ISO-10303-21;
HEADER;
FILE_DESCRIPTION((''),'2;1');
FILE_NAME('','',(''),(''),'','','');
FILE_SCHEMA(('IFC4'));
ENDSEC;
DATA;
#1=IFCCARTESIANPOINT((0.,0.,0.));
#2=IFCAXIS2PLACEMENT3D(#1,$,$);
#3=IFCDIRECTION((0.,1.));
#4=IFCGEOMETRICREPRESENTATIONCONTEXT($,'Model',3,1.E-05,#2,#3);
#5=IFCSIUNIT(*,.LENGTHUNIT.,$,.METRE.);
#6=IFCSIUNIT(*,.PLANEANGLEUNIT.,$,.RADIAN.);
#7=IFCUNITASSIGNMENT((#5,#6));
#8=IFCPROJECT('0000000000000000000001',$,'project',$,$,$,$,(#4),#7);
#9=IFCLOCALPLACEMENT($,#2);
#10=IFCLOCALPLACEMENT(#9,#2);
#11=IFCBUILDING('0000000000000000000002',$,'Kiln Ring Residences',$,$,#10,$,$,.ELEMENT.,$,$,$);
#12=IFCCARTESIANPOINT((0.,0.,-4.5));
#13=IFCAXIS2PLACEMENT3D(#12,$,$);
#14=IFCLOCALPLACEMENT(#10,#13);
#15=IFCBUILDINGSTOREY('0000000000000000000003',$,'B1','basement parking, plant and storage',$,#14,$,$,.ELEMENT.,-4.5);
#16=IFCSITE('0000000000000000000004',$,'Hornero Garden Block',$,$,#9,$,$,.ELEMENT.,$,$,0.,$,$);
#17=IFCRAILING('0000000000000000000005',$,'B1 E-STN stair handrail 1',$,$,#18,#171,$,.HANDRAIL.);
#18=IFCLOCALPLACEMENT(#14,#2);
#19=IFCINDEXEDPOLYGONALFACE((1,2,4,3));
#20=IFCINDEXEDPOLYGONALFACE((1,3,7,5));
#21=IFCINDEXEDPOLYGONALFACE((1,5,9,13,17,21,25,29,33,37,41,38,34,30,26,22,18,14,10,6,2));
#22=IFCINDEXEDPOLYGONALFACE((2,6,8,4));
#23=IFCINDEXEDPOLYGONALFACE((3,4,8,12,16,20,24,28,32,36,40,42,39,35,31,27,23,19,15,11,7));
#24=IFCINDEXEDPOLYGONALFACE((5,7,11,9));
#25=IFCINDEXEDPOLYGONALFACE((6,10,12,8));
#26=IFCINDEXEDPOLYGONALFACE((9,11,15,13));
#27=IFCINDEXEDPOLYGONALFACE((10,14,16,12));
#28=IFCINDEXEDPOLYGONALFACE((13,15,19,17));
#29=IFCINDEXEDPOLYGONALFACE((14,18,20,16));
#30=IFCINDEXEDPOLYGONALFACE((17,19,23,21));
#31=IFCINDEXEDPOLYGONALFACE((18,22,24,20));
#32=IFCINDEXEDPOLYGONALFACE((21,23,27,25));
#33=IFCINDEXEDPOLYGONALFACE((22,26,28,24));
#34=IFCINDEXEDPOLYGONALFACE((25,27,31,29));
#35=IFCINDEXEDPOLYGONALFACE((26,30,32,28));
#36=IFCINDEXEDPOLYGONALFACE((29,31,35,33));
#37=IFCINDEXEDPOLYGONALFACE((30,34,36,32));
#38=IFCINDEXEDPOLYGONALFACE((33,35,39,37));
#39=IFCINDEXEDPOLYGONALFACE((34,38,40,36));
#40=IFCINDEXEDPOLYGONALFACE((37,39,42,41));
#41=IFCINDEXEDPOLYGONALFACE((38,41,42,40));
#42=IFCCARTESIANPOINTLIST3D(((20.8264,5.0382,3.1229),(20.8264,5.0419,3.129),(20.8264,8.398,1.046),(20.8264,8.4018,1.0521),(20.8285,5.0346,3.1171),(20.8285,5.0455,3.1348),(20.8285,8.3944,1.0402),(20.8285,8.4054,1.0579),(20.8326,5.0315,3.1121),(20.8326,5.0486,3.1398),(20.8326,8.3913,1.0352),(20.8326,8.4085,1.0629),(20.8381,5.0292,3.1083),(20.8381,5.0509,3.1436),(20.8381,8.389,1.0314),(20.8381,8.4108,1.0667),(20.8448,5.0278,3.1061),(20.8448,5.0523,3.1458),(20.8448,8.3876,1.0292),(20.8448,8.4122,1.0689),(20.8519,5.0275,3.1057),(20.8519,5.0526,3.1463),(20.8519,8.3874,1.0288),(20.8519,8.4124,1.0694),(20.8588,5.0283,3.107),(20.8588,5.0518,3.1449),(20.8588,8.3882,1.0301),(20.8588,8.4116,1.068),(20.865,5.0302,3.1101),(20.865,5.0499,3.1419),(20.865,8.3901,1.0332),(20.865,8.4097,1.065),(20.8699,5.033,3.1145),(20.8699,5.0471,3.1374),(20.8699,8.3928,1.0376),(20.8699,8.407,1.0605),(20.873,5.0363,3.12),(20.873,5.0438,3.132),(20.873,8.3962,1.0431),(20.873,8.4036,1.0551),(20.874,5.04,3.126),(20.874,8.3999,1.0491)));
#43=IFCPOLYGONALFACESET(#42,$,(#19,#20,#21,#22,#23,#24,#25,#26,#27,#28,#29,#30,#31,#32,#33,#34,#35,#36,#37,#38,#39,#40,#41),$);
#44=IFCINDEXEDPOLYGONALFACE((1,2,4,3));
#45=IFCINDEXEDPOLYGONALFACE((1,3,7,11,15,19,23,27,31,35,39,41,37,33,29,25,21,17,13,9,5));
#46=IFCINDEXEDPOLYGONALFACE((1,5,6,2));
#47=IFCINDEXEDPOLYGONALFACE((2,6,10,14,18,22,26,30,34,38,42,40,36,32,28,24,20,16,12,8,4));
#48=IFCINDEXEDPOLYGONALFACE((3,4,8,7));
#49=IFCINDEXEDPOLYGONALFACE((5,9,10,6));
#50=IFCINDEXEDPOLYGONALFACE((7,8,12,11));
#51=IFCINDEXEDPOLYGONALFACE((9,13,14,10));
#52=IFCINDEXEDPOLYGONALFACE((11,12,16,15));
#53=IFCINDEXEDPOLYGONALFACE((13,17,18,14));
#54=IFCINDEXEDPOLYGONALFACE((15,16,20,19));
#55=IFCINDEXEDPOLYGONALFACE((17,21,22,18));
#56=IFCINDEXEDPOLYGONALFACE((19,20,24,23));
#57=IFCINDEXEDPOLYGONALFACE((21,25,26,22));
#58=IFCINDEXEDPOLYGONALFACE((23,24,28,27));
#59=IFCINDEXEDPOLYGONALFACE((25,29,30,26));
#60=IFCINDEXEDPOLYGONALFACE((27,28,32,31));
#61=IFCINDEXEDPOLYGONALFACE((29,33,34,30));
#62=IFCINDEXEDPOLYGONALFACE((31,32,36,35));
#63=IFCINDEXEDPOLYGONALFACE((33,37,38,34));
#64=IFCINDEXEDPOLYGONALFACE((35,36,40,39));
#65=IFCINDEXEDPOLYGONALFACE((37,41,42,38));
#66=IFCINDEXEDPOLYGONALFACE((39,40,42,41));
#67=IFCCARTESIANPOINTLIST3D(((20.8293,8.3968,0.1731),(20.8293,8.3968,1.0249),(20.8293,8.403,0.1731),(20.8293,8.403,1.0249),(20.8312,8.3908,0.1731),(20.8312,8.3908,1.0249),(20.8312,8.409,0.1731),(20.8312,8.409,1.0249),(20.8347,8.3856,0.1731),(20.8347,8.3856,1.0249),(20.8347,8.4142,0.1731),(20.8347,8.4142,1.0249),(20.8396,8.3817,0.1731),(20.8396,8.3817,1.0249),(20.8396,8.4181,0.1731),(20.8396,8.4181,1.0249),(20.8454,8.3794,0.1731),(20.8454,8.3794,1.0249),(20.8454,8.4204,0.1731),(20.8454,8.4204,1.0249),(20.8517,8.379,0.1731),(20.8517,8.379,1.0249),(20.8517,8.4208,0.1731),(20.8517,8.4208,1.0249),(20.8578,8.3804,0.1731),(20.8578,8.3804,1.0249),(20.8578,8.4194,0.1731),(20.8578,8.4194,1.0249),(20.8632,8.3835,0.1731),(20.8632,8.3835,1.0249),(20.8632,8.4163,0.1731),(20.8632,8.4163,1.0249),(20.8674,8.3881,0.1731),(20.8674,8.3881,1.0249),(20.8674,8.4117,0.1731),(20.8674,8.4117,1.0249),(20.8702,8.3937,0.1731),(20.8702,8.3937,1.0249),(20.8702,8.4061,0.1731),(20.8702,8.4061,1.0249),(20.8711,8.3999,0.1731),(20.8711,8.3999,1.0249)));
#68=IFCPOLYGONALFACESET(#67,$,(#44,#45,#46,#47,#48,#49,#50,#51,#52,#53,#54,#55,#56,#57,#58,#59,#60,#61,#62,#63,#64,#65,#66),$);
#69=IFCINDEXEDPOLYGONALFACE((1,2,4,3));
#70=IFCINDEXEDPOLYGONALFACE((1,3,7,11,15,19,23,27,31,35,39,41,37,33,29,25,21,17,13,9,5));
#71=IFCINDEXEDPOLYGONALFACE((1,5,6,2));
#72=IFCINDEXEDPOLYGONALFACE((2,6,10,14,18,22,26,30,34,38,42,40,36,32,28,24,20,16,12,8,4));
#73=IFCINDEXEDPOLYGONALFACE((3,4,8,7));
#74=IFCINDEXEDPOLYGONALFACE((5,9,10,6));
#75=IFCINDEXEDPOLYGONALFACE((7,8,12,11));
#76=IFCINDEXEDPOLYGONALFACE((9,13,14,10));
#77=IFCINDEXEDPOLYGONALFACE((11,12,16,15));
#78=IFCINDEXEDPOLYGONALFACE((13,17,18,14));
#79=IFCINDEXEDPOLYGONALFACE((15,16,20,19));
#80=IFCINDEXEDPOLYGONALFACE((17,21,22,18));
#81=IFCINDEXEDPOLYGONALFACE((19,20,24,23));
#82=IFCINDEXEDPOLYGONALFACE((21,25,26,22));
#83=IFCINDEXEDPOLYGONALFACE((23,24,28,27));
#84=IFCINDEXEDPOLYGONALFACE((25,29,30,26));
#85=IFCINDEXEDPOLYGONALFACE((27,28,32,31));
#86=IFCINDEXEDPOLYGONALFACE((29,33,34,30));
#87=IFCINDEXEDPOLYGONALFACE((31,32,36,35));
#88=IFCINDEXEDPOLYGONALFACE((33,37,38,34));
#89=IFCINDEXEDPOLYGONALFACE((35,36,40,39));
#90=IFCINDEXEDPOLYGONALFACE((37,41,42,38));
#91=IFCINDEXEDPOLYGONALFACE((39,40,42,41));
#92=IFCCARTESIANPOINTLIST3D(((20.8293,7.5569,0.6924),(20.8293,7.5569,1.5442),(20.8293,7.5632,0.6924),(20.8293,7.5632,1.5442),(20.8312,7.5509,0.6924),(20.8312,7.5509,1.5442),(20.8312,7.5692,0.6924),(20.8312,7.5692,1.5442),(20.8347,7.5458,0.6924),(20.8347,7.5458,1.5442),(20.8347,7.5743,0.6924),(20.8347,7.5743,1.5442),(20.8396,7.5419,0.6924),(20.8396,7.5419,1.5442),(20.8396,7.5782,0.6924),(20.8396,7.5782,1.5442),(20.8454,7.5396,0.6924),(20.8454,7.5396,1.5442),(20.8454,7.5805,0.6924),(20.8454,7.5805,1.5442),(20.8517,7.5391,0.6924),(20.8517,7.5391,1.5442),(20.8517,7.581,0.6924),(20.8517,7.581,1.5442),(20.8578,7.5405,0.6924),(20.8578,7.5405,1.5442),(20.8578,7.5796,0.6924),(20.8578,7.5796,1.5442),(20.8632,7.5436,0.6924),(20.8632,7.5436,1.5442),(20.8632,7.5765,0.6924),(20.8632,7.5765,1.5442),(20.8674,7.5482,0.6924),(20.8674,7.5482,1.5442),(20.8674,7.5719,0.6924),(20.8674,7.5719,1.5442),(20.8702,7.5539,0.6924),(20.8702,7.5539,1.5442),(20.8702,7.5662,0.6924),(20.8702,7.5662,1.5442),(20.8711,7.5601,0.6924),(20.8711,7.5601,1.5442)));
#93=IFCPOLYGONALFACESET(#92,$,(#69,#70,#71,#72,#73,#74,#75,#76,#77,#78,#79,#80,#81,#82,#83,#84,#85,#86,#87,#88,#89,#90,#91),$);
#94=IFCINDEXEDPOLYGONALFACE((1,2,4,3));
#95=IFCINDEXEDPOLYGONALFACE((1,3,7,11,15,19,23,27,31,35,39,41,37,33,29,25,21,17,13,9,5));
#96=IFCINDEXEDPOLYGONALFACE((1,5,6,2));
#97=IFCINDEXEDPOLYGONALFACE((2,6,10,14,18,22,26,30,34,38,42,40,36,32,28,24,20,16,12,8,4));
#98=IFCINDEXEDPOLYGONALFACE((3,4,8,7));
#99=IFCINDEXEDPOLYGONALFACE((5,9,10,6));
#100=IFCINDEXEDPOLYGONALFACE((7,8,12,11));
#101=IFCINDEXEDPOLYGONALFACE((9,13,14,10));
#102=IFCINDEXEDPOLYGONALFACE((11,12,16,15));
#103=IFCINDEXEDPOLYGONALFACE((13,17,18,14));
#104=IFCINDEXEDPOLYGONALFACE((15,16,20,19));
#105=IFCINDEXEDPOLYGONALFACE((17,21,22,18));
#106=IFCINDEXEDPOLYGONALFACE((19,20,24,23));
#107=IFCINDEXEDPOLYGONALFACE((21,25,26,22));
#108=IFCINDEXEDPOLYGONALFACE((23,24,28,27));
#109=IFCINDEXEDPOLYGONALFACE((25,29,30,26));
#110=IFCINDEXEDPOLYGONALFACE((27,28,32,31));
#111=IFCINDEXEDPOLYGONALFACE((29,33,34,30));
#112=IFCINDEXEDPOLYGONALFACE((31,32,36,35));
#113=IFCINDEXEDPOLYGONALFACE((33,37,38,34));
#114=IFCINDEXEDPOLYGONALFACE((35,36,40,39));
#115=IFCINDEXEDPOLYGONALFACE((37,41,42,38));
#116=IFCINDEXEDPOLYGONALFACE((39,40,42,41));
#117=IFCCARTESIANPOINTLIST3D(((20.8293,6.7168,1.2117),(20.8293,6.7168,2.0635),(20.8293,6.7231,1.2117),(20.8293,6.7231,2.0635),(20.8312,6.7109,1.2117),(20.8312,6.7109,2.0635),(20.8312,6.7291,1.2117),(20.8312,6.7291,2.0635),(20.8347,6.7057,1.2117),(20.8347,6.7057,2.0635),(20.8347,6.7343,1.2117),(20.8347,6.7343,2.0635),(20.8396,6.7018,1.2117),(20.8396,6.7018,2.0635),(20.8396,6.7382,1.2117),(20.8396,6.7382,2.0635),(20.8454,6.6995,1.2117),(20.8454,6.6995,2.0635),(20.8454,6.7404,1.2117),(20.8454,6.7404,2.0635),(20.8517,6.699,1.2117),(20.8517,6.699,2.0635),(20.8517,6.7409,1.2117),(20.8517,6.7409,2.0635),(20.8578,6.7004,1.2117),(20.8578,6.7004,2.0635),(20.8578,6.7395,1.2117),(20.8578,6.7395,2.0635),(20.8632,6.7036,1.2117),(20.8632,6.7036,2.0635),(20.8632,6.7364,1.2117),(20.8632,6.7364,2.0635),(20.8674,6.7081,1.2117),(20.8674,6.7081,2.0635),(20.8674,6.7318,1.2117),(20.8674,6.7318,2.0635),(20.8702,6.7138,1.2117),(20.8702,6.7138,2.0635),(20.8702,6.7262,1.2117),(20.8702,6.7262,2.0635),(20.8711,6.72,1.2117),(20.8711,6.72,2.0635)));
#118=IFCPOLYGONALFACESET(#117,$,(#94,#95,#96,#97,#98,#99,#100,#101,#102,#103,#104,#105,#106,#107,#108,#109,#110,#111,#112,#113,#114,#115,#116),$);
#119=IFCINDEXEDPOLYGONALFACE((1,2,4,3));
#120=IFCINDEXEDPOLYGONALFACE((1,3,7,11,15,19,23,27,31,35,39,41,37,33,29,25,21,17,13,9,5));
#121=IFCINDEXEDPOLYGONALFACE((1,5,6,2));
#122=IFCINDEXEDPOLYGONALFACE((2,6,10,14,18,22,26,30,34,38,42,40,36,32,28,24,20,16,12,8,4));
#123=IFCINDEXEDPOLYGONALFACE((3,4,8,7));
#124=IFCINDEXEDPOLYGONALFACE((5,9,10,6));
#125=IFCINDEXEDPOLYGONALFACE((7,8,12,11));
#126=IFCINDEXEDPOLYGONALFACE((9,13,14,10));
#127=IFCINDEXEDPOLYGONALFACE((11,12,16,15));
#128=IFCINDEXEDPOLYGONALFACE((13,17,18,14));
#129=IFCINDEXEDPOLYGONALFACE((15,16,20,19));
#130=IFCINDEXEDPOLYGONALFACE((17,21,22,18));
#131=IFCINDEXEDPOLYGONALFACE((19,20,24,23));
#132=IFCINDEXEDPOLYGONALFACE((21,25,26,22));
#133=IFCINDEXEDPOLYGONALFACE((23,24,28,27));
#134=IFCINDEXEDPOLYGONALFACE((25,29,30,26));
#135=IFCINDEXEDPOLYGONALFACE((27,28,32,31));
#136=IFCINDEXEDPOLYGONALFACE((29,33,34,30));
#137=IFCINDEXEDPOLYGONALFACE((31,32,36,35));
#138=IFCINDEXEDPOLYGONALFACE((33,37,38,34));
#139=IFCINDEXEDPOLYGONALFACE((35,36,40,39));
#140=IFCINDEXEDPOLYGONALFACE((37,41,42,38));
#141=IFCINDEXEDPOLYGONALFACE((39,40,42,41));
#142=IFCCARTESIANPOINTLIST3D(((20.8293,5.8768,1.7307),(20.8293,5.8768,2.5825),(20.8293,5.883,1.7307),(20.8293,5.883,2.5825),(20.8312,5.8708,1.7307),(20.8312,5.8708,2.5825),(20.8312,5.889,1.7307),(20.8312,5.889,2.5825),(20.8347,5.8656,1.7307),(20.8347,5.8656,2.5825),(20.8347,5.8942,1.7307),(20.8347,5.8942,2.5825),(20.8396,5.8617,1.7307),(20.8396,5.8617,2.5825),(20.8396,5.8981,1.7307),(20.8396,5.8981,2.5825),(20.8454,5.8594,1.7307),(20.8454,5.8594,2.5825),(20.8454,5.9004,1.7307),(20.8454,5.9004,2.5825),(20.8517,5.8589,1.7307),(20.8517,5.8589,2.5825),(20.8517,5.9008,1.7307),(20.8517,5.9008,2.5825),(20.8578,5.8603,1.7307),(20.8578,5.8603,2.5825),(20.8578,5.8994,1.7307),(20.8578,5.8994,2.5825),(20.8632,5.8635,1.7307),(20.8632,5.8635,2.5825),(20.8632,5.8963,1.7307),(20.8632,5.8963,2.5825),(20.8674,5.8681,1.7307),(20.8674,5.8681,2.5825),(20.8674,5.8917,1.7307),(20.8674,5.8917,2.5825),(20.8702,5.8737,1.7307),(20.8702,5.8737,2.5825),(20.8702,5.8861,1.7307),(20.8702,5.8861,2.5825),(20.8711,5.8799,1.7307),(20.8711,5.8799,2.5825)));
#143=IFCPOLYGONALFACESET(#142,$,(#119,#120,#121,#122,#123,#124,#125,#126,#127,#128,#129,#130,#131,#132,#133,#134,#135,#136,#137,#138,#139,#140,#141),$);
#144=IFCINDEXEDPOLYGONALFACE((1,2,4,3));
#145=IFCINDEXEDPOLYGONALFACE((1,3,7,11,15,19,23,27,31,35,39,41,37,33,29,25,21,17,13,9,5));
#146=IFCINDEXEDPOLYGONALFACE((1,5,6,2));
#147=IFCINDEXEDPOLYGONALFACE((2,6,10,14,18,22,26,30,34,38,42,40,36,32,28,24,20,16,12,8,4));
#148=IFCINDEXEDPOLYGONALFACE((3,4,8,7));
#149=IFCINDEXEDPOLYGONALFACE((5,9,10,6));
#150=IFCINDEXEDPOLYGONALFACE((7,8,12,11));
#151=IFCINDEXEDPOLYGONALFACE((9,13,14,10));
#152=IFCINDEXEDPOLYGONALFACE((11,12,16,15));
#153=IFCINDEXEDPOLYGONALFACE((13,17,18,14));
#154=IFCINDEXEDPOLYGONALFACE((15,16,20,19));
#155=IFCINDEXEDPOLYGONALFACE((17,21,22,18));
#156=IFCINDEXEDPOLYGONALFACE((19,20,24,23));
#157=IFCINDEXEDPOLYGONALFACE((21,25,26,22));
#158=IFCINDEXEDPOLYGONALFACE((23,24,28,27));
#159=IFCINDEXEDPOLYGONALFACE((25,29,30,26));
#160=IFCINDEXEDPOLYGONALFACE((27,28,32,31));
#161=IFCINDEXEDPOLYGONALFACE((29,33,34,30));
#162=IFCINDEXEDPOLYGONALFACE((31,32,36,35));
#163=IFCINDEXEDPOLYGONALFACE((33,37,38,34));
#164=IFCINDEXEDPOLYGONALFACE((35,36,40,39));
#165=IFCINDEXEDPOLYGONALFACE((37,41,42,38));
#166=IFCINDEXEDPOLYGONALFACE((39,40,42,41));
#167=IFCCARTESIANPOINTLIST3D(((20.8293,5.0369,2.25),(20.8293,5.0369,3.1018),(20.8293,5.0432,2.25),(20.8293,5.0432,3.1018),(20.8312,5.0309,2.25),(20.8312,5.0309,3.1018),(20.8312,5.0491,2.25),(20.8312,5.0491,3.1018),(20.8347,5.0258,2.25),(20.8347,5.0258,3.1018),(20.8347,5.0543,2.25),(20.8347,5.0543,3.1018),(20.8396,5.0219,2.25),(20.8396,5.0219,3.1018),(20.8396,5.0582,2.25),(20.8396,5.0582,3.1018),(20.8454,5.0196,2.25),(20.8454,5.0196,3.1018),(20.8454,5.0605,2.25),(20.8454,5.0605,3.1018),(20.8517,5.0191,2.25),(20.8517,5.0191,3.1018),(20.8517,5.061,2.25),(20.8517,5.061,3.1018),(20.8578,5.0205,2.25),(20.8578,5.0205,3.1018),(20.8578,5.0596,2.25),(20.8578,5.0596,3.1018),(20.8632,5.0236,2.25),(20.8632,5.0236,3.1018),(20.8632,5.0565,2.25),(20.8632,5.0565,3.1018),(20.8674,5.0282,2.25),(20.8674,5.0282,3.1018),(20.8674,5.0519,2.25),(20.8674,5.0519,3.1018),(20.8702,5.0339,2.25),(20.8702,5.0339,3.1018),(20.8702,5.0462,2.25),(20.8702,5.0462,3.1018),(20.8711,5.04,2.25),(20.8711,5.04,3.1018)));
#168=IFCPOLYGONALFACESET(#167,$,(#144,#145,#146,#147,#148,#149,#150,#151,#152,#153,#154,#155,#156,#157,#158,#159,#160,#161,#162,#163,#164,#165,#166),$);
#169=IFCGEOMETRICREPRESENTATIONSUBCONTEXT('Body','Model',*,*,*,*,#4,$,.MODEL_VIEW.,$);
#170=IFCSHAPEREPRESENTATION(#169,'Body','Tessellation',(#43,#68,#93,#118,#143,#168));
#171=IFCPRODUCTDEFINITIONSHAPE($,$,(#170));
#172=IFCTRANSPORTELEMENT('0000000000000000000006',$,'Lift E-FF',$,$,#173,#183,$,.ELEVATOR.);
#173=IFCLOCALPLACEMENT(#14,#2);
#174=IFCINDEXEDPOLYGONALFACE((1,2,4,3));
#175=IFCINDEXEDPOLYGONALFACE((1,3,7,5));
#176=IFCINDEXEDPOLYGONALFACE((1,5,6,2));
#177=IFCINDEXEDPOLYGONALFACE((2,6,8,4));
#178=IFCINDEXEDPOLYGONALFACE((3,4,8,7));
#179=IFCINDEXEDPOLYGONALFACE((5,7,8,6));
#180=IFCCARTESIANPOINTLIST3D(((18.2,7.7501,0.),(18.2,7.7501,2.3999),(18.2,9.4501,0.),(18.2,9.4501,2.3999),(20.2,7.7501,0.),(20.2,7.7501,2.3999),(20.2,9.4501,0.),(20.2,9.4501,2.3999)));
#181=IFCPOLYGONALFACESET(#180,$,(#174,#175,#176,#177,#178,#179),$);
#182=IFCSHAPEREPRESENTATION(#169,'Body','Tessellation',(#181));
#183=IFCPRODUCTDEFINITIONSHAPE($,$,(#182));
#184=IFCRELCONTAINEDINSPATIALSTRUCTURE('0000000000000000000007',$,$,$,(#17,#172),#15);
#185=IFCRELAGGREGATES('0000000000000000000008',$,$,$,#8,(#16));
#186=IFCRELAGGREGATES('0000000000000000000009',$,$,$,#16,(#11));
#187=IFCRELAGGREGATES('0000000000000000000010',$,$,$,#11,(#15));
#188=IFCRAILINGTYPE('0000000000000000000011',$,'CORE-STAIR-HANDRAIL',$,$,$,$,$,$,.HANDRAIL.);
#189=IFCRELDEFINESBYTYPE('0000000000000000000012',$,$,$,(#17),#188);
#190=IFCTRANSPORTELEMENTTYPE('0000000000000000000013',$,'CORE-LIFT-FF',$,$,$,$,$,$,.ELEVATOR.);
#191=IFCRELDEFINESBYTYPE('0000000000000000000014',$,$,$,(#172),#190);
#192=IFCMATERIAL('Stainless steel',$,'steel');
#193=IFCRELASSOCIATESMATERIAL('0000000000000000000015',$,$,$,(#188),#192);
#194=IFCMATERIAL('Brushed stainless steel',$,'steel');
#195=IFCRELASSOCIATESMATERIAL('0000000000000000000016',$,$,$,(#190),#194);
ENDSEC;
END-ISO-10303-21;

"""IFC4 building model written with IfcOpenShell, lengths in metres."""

from ifc_helpers import new_model, si_unit, direction, frame, origin, origin_2d, place, context, subcontext, project, spatial, rectangle, circle, extrude, material, type_object, element, save


model = new_model("IFC4")

# Units and contexts
model_context = context("Model", 3, precision=1e-05, world=origin(), true_north=direction((0.0, 1.0)))
body_context = subcontext(model_context, "Body", "Model", "MODEL_VIEW")
ifc_project = project(units=[si_unit("LENGTHUNIT", "METRE"), si_unit("PLANEANGLEUNIT", "RADIAN")], contexts=[model_context])

# Site, building, storey
site_placement = place(None, origin())
site = spatial("IfcSite", under=ifc_project, at=site_placement, Name="Hornero Garden Block", CompositionType="ELEMENT", RefElevation=0.0)
building_placement = place(site_placement, origin())
building = spatial("IfcBuilding", under=site, at=building_placement, Name="Kiln Ring Residences", CompositionType="ELEMENT")
storey_placement = place(building_placement, frame((0.0, 0.0, -4.5)))
storey = spatial("IfcBuildingStorey", under=building, at=storey_placement, Name="B1", Description="basement parking, plant and storage", CompositionType="ELEMENT", Elevation=-4.5)

# Railing
ifc_material_1 = material(Name="Stainless steel", Category="steel")
railing_type_1 = type_object("IfcRailingType", Name="CORE-STAIR-HANDRAIL", PredefinedType="HANDRAIL", material=ifc_material_1)
railing_1_placement = place(storey_placement, frame((20.8501, 8.3999, 0.1731)))
element("IfcRailing", 1, at=railing_1_placement, inside=storey, type_object=railing_type_1, Name="B1 E-STN stair handrail 1", PredefinedType="HANDRAIL", context=body_context, shape_type="SweptSolid", body=[
    extrude(circle(Radius=0.0239, at=origin_2d()), frame((0.0, 0.0, 0.876), z_axis=(0.0, -0.850606, 0.525803), x_axis=(1.0, 0.0, 0.0)), (0.0, 0.0, 1.0), 3.95),
    extrude(circle(Radius=0.021, at=origin_2d()), origin(), (0.0, 0.0, 1.0), 0.8518),
    extrude(circle(Radius=0.021, at=origin_2d()), frame((0.0, -0.8398, 0.5193)), (0.0, 0.0, 1.0), 0.8518),
    extrude(circle(Radius=0.021, at=origin_2d()), frame((0.0, -1.6799, 1.0386)), (0.0, 0.0, 1.0), 0.8518),
    extrude(circle(Radius=0.021, at=origin_2d()), frame((0.0, -2.52, 1.5576)), (0.0, 0.0, 1.0), 0.8518),
    extrude(circle(Radius=0.021, at=origin_2d()), frame((0.0, -3.3599, 2.0769)), (0.0, 0.0, 1.0), 0.8518),
])

# Transport element
ifc_material_2 = material(Name="Brushed stainless steel", Category="steel")
transport_element_type = type_object("IfcTransportElementType", Name="CORE-LIFT-FF", PredefinedType="ELEVATOR", material=ifc_material_2)
transport_element_placement = place(storey_placement, frame((19.2, 8.6001, 0.0), z_axis=(0.0, 0.0, 1.0), x_axis=(1.0, 0.0, 0.0)))
element("IfcTransportElement", 2, at=transport_element_placement, inside=storey, type_object=transport_element_type, Name="Lift E-FF", PredefinedType="ELEVATOR", context=body_context, shape_type="SweptSolid", body=[
    extrude(rectangle(XDim=2.0, YDim=1.7, at=origin_2d()), origin(), (0.0, 0.0, 1.0), 2.3999),
])

save(model, "model.ifc")
